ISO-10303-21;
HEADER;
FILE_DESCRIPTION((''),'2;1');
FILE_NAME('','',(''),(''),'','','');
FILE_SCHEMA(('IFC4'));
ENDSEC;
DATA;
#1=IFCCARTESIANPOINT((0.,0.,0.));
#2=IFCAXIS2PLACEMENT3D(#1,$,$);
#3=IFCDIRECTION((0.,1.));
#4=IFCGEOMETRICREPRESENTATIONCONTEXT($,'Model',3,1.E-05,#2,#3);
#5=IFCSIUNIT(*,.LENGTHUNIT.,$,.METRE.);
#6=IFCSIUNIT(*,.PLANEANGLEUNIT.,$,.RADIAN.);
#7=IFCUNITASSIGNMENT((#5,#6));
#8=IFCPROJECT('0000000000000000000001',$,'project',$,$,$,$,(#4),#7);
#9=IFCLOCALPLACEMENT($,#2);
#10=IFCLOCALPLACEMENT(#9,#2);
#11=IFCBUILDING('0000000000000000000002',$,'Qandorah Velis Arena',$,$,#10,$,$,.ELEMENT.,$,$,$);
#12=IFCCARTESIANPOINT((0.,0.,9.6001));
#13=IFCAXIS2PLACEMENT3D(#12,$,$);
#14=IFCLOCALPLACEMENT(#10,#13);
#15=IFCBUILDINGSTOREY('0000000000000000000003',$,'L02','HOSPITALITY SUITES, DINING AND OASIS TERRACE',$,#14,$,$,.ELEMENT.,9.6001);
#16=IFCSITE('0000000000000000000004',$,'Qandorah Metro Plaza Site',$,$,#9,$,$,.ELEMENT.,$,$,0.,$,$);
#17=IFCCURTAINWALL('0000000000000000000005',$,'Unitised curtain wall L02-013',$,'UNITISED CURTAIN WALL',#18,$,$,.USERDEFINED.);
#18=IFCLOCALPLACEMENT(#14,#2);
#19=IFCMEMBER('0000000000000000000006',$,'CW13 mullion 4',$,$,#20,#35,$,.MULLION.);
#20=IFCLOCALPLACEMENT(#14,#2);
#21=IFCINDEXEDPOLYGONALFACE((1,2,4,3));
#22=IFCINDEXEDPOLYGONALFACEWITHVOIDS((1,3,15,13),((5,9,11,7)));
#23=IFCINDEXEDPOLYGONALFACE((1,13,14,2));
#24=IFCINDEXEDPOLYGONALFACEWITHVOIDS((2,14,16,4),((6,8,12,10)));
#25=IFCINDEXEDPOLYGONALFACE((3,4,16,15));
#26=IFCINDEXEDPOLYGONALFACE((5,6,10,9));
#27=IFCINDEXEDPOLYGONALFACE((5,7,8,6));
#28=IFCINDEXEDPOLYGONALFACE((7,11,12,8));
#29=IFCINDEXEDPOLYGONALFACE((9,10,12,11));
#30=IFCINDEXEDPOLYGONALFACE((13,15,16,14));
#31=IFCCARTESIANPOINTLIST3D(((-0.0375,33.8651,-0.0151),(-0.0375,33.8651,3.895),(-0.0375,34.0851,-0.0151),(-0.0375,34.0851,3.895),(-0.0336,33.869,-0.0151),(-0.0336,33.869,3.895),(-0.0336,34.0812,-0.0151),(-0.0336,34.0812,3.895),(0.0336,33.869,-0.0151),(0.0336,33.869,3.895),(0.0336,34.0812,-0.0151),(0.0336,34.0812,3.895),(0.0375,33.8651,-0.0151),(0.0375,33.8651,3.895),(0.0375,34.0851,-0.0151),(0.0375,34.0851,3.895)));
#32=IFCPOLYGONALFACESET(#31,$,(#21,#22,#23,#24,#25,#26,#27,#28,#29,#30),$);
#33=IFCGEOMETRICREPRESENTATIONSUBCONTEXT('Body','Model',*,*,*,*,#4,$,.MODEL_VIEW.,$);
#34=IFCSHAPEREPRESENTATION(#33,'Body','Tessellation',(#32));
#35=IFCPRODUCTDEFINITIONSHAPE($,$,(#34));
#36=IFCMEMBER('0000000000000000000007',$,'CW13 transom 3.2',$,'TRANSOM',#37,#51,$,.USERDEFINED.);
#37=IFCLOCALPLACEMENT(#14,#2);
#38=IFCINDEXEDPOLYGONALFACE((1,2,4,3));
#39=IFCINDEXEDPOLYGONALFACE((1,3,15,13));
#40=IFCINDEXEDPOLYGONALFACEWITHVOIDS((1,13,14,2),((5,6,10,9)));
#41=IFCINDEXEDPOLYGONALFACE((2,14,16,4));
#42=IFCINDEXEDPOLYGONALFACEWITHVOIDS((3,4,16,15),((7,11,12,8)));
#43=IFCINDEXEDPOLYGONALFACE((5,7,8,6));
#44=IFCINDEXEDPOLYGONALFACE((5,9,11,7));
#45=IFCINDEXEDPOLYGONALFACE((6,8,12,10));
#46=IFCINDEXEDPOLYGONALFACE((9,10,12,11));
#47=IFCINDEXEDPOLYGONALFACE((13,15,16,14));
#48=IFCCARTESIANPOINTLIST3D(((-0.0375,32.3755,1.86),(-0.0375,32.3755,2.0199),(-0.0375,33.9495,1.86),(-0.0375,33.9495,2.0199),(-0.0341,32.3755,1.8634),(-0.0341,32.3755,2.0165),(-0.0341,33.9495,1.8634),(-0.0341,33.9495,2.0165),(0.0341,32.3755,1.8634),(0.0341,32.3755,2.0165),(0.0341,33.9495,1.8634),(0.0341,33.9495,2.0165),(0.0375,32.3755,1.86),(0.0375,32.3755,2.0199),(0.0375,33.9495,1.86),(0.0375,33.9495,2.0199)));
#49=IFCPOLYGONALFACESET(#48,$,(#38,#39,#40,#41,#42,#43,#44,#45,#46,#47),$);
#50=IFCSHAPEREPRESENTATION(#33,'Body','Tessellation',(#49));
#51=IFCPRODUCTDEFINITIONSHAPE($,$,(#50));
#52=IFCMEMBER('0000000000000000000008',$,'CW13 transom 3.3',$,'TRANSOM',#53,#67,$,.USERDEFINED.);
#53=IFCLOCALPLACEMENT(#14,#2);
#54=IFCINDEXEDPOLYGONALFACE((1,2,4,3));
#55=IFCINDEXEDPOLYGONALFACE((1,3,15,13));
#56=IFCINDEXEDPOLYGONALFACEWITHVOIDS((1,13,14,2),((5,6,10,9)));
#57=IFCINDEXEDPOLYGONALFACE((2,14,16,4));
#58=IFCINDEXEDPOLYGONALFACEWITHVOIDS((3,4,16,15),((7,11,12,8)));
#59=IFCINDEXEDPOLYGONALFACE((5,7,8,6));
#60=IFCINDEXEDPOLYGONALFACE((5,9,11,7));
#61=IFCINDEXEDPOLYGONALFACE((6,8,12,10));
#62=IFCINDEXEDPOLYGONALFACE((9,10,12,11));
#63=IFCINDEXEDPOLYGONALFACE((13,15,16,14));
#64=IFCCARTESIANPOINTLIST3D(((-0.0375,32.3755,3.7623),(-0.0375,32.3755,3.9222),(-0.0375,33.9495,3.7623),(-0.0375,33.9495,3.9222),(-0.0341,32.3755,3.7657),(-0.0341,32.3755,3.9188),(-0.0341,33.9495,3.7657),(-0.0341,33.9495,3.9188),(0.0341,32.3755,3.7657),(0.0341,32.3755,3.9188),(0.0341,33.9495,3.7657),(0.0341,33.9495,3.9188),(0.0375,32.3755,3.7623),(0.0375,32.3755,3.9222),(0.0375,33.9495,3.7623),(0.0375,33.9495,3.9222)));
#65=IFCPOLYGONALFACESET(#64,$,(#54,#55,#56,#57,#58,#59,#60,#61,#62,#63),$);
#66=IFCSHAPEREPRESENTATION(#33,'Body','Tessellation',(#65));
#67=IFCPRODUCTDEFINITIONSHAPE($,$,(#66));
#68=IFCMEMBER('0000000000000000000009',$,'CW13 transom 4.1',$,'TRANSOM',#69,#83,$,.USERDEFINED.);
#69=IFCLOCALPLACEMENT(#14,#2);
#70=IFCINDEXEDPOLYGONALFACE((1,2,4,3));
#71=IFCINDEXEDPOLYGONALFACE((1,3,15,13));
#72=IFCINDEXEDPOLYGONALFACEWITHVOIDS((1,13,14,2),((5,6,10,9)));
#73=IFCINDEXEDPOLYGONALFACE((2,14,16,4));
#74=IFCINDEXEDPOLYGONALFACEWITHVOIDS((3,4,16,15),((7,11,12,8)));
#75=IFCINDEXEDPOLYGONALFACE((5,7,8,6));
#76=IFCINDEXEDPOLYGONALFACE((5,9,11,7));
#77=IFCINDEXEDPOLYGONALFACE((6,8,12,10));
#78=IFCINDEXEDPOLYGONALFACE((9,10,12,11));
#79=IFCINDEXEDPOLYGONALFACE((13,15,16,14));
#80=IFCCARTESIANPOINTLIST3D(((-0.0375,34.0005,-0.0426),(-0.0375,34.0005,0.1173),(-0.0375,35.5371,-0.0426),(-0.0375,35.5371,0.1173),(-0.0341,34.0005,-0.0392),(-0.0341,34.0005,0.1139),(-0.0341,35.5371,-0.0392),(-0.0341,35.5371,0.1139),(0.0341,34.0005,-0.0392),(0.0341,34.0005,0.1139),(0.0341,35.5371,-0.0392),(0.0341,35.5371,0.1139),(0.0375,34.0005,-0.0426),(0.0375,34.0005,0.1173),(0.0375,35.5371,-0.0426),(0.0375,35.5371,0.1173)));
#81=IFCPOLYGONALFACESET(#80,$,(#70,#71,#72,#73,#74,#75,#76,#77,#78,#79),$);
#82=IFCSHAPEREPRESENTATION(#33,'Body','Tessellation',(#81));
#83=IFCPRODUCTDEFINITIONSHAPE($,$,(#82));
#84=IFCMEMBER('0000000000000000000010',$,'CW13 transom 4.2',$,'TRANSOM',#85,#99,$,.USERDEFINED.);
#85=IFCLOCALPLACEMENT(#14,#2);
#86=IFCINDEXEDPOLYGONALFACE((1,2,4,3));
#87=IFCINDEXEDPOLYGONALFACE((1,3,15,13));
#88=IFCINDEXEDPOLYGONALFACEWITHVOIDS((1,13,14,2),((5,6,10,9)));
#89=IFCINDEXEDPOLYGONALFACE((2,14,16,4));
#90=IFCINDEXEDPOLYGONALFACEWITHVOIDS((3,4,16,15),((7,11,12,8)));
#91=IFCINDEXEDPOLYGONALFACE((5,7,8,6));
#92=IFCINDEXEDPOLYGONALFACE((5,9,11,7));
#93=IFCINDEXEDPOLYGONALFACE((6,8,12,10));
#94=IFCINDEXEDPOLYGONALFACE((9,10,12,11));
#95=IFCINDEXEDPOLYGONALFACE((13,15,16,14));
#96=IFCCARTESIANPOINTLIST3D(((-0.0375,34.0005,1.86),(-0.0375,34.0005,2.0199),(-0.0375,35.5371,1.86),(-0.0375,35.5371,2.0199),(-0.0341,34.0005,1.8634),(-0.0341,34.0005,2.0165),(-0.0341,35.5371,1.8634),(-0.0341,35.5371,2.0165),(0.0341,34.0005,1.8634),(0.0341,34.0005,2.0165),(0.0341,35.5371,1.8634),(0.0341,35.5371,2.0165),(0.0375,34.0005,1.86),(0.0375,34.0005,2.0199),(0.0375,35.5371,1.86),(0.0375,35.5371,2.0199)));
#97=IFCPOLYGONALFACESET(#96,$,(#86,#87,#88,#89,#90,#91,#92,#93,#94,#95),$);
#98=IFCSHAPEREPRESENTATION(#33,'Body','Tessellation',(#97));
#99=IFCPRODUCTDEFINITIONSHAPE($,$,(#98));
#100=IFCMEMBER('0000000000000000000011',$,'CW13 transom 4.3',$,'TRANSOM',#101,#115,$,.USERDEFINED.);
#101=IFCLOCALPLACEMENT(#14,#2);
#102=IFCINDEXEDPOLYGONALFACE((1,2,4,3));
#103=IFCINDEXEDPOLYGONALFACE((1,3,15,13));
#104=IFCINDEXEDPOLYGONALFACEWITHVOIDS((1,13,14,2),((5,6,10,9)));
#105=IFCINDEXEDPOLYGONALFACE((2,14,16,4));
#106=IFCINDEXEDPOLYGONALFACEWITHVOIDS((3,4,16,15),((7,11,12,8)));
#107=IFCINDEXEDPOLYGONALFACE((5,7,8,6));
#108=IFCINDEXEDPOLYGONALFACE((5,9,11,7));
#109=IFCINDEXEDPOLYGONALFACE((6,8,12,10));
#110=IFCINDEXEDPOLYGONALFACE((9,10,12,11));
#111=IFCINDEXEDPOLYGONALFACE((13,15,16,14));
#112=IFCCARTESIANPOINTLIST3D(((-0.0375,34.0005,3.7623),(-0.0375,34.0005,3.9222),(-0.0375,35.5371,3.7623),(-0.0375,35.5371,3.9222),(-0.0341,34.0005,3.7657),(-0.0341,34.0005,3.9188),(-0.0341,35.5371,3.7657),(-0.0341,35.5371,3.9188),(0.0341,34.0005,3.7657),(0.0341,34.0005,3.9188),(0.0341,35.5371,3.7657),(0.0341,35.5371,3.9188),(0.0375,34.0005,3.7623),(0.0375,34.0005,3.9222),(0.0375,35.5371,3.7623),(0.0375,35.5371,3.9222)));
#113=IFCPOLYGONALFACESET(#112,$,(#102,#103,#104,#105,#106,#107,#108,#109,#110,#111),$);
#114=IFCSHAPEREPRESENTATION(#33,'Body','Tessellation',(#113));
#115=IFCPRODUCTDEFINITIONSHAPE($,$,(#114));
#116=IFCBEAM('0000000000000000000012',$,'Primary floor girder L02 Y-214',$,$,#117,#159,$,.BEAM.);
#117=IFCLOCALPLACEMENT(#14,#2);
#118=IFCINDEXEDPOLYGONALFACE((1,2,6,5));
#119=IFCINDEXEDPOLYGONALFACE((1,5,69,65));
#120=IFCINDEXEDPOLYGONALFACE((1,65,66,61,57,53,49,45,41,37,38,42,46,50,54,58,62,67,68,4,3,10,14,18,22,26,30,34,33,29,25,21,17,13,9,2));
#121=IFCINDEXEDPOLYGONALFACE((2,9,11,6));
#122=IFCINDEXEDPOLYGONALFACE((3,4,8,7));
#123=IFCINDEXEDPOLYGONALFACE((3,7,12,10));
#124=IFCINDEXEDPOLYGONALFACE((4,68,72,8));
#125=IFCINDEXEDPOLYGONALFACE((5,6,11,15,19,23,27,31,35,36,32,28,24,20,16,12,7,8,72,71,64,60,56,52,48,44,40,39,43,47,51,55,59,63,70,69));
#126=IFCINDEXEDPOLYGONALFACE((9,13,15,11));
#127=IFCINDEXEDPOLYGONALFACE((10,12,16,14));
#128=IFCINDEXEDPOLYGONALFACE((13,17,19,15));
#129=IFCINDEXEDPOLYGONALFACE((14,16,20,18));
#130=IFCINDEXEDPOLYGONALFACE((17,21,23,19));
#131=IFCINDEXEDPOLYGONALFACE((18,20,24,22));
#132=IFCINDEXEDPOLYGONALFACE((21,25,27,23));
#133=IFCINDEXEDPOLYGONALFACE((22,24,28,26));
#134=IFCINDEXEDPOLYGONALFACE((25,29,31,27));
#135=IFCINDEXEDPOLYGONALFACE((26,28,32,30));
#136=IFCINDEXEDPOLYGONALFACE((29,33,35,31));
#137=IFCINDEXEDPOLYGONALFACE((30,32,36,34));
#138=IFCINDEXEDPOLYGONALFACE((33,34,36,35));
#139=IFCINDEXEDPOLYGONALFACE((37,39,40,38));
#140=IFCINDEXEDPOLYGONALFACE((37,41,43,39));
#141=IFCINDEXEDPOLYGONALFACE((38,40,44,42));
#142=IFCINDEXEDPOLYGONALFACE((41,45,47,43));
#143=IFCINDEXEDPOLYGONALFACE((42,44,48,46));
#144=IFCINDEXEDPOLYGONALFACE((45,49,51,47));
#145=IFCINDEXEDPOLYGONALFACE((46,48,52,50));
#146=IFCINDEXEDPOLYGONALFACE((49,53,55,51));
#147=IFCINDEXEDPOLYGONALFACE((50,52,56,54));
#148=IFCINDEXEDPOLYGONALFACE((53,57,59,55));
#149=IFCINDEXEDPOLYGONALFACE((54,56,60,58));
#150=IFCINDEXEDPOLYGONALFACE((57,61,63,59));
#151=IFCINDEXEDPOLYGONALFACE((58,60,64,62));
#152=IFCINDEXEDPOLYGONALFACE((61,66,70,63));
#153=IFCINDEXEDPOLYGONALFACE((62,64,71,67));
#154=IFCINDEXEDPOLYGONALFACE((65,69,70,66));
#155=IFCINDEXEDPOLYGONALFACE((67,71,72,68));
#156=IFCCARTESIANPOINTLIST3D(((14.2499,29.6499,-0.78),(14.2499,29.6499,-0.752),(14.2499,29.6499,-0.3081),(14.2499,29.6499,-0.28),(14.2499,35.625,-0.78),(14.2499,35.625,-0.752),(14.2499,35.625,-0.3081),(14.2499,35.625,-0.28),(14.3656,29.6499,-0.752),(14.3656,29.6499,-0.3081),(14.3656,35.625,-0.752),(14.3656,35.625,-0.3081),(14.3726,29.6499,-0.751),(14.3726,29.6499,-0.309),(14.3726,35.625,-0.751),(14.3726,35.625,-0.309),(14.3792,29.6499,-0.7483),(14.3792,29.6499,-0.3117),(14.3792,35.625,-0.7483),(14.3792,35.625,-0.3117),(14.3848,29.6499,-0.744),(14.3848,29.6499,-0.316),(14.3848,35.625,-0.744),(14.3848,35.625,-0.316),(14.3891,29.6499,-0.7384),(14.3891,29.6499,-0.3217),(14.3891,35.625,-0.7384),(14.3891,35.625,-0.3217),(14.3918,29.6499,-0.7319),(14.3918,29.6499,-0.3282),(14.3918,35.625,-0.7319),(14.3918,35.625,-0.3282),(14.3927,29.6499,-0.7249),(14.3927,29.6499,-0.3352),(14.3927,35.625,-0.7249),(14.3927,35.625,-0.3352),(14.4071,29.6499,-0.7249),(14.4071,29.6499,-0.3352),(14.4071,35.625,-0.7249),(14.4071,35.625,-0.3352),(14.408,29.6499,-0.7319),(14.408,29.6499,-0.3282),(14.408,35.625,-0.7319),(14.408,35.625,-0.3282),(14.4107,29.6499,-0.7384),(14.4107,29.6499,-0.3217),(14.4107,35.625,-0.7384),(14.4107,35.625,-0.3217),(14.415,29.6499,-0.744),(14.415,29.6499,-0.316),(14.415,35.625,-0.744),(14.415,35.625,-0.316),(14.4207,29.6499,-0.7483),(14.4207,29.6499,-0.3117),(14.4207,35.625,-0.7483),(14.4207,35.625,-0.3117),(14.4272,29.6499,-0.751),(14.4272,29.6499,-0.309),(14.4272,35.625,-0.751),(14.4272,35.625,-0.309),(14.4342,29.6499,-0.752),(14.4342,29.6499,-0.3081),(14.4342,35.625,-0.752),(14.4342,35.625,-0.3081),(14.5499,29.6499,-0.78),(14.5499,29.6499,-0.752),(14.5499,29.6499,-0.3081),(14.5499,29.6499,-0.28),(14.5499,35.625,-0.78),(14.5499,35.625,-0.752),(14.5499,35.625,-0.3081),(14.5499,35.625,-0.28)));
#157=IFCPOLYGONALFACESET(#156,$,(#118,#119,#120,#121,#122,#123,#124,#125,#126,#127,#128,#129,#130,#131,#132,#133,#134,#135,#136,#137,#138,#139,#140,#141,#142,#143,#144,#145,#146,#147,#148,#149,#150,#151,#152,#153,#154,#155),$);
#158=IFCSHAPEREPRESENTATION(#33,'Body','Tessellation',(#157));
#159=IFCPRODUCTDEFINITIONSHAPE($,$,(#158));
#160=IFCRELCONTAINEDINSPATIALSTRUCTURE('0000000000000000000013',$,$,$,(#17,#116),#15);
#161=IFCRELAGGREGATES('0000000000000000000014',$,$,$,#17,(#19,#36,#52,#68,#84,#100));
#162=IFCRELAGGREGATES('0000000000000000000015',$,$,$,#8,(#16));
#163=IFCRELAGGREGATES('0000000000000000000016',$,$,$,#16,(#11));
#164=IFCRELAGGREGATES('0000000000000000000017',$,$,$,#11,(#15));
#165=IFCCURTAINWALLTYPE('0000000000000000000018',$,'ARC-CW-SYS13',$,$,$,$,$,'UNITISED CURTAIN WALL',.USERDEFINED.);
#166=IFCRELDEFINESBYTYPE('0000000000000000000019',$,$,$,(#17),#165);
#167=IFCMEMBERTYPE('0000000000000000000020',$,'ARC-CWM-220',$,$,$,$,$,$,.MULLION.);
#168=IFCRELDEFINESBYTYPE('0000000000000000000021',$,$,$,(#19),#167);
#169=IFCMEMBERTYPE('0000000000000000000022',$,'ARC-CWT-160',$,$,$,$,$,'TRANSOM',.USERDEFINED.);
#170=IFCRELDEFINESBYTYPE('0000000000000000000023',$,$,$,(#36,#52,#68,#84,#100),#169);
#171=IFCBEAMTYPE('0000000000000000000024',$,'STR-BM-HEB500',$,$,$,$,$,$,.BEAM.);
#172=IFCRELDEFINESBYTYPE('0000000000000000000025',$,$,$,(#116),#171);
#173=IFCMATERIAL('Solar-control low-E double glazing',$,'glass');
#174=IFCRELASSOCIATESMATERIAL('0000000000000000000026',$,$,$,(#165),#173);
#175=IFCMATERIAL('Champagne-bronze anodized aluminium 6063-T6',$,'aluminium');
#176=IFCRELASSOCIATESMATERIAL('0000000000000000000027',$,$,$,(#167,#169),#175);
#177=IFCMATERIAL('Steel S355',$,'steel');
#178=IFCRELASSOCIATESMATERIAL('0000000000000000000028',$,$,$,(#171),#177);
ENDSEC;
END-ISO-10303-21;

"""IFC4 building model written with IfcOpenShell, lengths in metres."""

from ifc_helpers import new_model, si_unit, direction, frame, origin, origin_2d, place, context, subcontext, project, spatial, hollow_rectangle, i_section, extrude, material, material_profile, profile_set, type_object, element, aggregate, save


model = new_model("IFC4")

# Units and contexts
model_context = context("Model", 3, precision=1e-05, world=origin(), true_north=direction((0.0, 1.0)))
body_context = subcontext(model_context, "Body", "Model", "MODEL_VIEW")
ifc_project = project(units=[si_unit("LENGTHUNIT", "METRE"), si_unit("PLANEANGLEUNIT", "RADIAN")], contexts=[model_context])

# Site, building, storey
site_placement = place(None, origin())
site = spatial("IfcSite", under=ifc_project, at=site_placement, Name="Qandorah Metro Plaza Site", CompositionType="ELEMENT", RefElevation=0.0)
building_placement = place(site_placement, origin())
building = spatial("IfcBuilding", under=site, at=building_placement, Name="Qandorah Velis Arena", CompositionType="ELEMENT")
storey_placement = place(building_placement, frame((0.0, 0.0, 9.6001)))
storey = spatial("IfcBuildingStorey", under=building, at=storey_placement, Name="L02", Description="HOSPITALITY SUITES, DINING AND OASIS TERRACE", CompositionType="ELEMENT", Elevation=9.6001)

# Curtain wall, members
ifc_material_1 = material(Name="Solar-control low-E double glazing", Category="glass")
curtain_wall_type = type_object("IfcCurtainWallType", Name="ARC-CW-SYS13", ElementType="UNITISED CURTAIN WALL", PredefinedType="USERDEFINED", material=ifc_material_1)
curtain_wall_placement = place(storey_placement, origin())
curtain_wall = element("IfcCurtainWall", 1, at=curtain_wall_placement, inside=storey, type_object=curtain_wall_type, Name="Unitised curtain wall L02-013", ObjectType="UNITISED CURTAIN WALL", PredefinedType="USERDEFINED")
ifc_material_2 = material(Name="Champagne-bronze anodized aluminium 6063-T6", Category="aluminium")
ifc_material_profile_1 = material_profile(ifc_material_2, hollow_rectangle(XDim=0.075, YDim=0.22, WallThickness=0.0039, at=origin_2d()), Name="ALU MULLION 75x220")
ifc_profile_set_1 = profile_set([ifc_material_profile_1], Name="Champagne-bronze anodized aluminium 6063-T6")
member_type_1 = type_object("IfcMemberType", Name="ARC-CWM-220", PredefinedType="MULLION", material=ifc_profile_set_1)
member_1_placement = place(storey_placement, frame((0.0, 33.9751, -0.0151), z_axis=(0.0, 0.0, 1.0), x_axis=(-1.0, 0.0, 0.0)))
member_1 = element("IfcMember", 2, at=member_1_placement, type_object=member_type_1, Name="CW13 mullion 4", PredefinedType="MULLION", context=body_context, shape_type="SweptSolid", body=[
    extrude(hollow_rectangle(XDim=0.075, YDim=0.22, WallThickness=0.0039, at=origin_2d()), origin(), (0.0, 0.0, 1.0), 3.9102),
])
ifc_material_profile_2 = material_profile(ifc_material_2, hollow_rectangle(XDim=0.075, YDim=0.1599, WallThickness=0.0034, at=origin_2d()), Name="ALU TRANSOM 75x160")
ifc_profile_set_2 = profile_set([ifc_material_profile_2], Name="Champagne-bronze anodized aluminium 6063-T6")
member_type_2 = type_object("IfcMemberType", Name="ARC-CWT-160", ElementType="TRANSOM", PredefinedType="USERDEFINED", material=ifc_profile_set_2)
member_2_placement = place(storey_placement, frame((0.0, 32.3755, 1.9399), z_axis=(0.0, 1.0, 0.0), x_axis=(-1.0, 0.0, 0.0)))
member_2 = element("IfcMember", 3, at=member_2_placement, type_object=member_type_2, Name="CW13 transom 3.2", ObjectType="TRANSOM", PredefinedType="USERDEFINED", context=body_context, shape_type="SweptSolid", body=[
    extrude(hollow_rectangle(XDim=0.075, YDim=0.1599, WallThickness=0.0034, at=origin_2d()), origin(), (0.0, 0.0, 1.0), 1.574),
])
member_3_placement = place(storey_placement, frame((0.0, 32.3755, 3.8423), z_axis=(0.0, 1.0, 0.0), x_axis=(-1.0, 0.0, 0.0)))
member_3 = element("IfcMember", 4, at=member_3_placement, type_object=member_type_2, Name="CW13 transom 3.3", ObjectType="TRANSOM", PredefinedType="USERDEFINED", context=body_context, shape_type="SweptSolid", body=[
    extrude(hollow_rectangle(XDim=0.075, YDim=0.1599, WallThickness=0.0034, at=origin_2d()), origin(), (0.0, 0.0, 1.0), 1.574),
])
member_4_placement = place(storey_placement, frame((0.0, 34.0005, 0.0374), z_axis=(0.0, 1.0, 0.0), x_axis=(-1.0, 0.0, 0.0)))
member_4 = element("IfcMember", 5, at=member_4_placement, type_object=member_type_2, Name="CW13 transom 4.1", ObjectType="TRANSOM", PredefinedType="USERDEFINED", context=body_context, shape_type="SweptSolid", body=[
    extrude(hollow_rectangle(XDim=0.075, YDim=0.1599, WallThickness=0.0034, at=origin_2d()), origin(), (0.0, 0.0, 1.0), 1.5366),
])
member_5_placement = place(storey_placement, frame((0.0, 34.0005, 1.9399), z_axis=(0.0, 1.0, 0.0), x_axis=(-1.0, 0.0, 0.0)))
member_5 = element("IfcMember", 6, at=member_5_placement, type_object=member_type_2, Name="CW13 transom 4.2", ObjectType="TRANSOM", PredefinedType="USERDEFINED", context=body_context, shape_type="SweptSolid", body=[
    extrude(hollow_rectangle(XDim=0.075, YDim=0.1599, WallThickness=0.0034, at=origin_2d()), origin(), (0.0, 0.0, 1.0), 1.5366),
])
member_6_placement = place(storey_placement, frame((0.0, 34.0005, 3.8423), z_axis=(0.0, 1.0, 0.0), x_axis=(-1.0, 0.0, 0.0)))
member_6 = element("IfcMember", 7, at=member_6_placement, type_object=member_type_2, Name="CW13 transom 4.3", ObjectType="TRANSOM", PredefinedType="USERDEFINED", context=body_context, shape_type="SweptSolid", body=[
    extrude(hollow_rectangle(XDim=0.075, YDim=0.1599, WallThickness=0.0034, at=origin_2d()), origin(), (0.0, 0.0, 1.0), 1.5366),
])

# Beam
ifc_material_3 = material(Name="Steel S355", Category="steel")
ifc_material_profile_3 = material_profile(ifc_material_3, i_section(OverallWidth=0.3, OverallDepth=0.5, WebThickness=0.0144, FlangeThickness=0.0281, FilletRadius=0.0271, at=origin_2d()), Name="HEB 500")
ifc_profile_set_3 = profile_set([ifc_material_profile_3], Name="Steel S355")
beam_type_1 = type_object("IfcBeamType", Name="STR-BM-HEB500", PredefinedType="BEAM", material=ifc_profile_set_3)
beam_1_placement = place(storey_placement, frame((14.3999, 29.6499, -0.53), z_axis=(0.0, 1.0, 0.0), x_axis=(-1.0, 0.0, 0.0)))
element("IfcBeam", 8, at=beam_1_placement, inside=storey, type_object=beam_type_1, Name="Primary floor girder L02 Y-214", PredefinedType="BEAM", context=body_context, shape_type="SweptSolid", body=[
    extrude(i_section(OverallWidth=0.3, OverallDepth=0.5, WebThickness=0.0144, FlangeThickness=0.0281, FilletRadius=0.0271, at=origin_2d()), origin(), (0.0, 0.0, 1.0), 5.9751),
])

aggregate(curtain_wall, [member_1, member_2, member_3, member_4, member_5, member_6])

save(model, "model.ifc")
